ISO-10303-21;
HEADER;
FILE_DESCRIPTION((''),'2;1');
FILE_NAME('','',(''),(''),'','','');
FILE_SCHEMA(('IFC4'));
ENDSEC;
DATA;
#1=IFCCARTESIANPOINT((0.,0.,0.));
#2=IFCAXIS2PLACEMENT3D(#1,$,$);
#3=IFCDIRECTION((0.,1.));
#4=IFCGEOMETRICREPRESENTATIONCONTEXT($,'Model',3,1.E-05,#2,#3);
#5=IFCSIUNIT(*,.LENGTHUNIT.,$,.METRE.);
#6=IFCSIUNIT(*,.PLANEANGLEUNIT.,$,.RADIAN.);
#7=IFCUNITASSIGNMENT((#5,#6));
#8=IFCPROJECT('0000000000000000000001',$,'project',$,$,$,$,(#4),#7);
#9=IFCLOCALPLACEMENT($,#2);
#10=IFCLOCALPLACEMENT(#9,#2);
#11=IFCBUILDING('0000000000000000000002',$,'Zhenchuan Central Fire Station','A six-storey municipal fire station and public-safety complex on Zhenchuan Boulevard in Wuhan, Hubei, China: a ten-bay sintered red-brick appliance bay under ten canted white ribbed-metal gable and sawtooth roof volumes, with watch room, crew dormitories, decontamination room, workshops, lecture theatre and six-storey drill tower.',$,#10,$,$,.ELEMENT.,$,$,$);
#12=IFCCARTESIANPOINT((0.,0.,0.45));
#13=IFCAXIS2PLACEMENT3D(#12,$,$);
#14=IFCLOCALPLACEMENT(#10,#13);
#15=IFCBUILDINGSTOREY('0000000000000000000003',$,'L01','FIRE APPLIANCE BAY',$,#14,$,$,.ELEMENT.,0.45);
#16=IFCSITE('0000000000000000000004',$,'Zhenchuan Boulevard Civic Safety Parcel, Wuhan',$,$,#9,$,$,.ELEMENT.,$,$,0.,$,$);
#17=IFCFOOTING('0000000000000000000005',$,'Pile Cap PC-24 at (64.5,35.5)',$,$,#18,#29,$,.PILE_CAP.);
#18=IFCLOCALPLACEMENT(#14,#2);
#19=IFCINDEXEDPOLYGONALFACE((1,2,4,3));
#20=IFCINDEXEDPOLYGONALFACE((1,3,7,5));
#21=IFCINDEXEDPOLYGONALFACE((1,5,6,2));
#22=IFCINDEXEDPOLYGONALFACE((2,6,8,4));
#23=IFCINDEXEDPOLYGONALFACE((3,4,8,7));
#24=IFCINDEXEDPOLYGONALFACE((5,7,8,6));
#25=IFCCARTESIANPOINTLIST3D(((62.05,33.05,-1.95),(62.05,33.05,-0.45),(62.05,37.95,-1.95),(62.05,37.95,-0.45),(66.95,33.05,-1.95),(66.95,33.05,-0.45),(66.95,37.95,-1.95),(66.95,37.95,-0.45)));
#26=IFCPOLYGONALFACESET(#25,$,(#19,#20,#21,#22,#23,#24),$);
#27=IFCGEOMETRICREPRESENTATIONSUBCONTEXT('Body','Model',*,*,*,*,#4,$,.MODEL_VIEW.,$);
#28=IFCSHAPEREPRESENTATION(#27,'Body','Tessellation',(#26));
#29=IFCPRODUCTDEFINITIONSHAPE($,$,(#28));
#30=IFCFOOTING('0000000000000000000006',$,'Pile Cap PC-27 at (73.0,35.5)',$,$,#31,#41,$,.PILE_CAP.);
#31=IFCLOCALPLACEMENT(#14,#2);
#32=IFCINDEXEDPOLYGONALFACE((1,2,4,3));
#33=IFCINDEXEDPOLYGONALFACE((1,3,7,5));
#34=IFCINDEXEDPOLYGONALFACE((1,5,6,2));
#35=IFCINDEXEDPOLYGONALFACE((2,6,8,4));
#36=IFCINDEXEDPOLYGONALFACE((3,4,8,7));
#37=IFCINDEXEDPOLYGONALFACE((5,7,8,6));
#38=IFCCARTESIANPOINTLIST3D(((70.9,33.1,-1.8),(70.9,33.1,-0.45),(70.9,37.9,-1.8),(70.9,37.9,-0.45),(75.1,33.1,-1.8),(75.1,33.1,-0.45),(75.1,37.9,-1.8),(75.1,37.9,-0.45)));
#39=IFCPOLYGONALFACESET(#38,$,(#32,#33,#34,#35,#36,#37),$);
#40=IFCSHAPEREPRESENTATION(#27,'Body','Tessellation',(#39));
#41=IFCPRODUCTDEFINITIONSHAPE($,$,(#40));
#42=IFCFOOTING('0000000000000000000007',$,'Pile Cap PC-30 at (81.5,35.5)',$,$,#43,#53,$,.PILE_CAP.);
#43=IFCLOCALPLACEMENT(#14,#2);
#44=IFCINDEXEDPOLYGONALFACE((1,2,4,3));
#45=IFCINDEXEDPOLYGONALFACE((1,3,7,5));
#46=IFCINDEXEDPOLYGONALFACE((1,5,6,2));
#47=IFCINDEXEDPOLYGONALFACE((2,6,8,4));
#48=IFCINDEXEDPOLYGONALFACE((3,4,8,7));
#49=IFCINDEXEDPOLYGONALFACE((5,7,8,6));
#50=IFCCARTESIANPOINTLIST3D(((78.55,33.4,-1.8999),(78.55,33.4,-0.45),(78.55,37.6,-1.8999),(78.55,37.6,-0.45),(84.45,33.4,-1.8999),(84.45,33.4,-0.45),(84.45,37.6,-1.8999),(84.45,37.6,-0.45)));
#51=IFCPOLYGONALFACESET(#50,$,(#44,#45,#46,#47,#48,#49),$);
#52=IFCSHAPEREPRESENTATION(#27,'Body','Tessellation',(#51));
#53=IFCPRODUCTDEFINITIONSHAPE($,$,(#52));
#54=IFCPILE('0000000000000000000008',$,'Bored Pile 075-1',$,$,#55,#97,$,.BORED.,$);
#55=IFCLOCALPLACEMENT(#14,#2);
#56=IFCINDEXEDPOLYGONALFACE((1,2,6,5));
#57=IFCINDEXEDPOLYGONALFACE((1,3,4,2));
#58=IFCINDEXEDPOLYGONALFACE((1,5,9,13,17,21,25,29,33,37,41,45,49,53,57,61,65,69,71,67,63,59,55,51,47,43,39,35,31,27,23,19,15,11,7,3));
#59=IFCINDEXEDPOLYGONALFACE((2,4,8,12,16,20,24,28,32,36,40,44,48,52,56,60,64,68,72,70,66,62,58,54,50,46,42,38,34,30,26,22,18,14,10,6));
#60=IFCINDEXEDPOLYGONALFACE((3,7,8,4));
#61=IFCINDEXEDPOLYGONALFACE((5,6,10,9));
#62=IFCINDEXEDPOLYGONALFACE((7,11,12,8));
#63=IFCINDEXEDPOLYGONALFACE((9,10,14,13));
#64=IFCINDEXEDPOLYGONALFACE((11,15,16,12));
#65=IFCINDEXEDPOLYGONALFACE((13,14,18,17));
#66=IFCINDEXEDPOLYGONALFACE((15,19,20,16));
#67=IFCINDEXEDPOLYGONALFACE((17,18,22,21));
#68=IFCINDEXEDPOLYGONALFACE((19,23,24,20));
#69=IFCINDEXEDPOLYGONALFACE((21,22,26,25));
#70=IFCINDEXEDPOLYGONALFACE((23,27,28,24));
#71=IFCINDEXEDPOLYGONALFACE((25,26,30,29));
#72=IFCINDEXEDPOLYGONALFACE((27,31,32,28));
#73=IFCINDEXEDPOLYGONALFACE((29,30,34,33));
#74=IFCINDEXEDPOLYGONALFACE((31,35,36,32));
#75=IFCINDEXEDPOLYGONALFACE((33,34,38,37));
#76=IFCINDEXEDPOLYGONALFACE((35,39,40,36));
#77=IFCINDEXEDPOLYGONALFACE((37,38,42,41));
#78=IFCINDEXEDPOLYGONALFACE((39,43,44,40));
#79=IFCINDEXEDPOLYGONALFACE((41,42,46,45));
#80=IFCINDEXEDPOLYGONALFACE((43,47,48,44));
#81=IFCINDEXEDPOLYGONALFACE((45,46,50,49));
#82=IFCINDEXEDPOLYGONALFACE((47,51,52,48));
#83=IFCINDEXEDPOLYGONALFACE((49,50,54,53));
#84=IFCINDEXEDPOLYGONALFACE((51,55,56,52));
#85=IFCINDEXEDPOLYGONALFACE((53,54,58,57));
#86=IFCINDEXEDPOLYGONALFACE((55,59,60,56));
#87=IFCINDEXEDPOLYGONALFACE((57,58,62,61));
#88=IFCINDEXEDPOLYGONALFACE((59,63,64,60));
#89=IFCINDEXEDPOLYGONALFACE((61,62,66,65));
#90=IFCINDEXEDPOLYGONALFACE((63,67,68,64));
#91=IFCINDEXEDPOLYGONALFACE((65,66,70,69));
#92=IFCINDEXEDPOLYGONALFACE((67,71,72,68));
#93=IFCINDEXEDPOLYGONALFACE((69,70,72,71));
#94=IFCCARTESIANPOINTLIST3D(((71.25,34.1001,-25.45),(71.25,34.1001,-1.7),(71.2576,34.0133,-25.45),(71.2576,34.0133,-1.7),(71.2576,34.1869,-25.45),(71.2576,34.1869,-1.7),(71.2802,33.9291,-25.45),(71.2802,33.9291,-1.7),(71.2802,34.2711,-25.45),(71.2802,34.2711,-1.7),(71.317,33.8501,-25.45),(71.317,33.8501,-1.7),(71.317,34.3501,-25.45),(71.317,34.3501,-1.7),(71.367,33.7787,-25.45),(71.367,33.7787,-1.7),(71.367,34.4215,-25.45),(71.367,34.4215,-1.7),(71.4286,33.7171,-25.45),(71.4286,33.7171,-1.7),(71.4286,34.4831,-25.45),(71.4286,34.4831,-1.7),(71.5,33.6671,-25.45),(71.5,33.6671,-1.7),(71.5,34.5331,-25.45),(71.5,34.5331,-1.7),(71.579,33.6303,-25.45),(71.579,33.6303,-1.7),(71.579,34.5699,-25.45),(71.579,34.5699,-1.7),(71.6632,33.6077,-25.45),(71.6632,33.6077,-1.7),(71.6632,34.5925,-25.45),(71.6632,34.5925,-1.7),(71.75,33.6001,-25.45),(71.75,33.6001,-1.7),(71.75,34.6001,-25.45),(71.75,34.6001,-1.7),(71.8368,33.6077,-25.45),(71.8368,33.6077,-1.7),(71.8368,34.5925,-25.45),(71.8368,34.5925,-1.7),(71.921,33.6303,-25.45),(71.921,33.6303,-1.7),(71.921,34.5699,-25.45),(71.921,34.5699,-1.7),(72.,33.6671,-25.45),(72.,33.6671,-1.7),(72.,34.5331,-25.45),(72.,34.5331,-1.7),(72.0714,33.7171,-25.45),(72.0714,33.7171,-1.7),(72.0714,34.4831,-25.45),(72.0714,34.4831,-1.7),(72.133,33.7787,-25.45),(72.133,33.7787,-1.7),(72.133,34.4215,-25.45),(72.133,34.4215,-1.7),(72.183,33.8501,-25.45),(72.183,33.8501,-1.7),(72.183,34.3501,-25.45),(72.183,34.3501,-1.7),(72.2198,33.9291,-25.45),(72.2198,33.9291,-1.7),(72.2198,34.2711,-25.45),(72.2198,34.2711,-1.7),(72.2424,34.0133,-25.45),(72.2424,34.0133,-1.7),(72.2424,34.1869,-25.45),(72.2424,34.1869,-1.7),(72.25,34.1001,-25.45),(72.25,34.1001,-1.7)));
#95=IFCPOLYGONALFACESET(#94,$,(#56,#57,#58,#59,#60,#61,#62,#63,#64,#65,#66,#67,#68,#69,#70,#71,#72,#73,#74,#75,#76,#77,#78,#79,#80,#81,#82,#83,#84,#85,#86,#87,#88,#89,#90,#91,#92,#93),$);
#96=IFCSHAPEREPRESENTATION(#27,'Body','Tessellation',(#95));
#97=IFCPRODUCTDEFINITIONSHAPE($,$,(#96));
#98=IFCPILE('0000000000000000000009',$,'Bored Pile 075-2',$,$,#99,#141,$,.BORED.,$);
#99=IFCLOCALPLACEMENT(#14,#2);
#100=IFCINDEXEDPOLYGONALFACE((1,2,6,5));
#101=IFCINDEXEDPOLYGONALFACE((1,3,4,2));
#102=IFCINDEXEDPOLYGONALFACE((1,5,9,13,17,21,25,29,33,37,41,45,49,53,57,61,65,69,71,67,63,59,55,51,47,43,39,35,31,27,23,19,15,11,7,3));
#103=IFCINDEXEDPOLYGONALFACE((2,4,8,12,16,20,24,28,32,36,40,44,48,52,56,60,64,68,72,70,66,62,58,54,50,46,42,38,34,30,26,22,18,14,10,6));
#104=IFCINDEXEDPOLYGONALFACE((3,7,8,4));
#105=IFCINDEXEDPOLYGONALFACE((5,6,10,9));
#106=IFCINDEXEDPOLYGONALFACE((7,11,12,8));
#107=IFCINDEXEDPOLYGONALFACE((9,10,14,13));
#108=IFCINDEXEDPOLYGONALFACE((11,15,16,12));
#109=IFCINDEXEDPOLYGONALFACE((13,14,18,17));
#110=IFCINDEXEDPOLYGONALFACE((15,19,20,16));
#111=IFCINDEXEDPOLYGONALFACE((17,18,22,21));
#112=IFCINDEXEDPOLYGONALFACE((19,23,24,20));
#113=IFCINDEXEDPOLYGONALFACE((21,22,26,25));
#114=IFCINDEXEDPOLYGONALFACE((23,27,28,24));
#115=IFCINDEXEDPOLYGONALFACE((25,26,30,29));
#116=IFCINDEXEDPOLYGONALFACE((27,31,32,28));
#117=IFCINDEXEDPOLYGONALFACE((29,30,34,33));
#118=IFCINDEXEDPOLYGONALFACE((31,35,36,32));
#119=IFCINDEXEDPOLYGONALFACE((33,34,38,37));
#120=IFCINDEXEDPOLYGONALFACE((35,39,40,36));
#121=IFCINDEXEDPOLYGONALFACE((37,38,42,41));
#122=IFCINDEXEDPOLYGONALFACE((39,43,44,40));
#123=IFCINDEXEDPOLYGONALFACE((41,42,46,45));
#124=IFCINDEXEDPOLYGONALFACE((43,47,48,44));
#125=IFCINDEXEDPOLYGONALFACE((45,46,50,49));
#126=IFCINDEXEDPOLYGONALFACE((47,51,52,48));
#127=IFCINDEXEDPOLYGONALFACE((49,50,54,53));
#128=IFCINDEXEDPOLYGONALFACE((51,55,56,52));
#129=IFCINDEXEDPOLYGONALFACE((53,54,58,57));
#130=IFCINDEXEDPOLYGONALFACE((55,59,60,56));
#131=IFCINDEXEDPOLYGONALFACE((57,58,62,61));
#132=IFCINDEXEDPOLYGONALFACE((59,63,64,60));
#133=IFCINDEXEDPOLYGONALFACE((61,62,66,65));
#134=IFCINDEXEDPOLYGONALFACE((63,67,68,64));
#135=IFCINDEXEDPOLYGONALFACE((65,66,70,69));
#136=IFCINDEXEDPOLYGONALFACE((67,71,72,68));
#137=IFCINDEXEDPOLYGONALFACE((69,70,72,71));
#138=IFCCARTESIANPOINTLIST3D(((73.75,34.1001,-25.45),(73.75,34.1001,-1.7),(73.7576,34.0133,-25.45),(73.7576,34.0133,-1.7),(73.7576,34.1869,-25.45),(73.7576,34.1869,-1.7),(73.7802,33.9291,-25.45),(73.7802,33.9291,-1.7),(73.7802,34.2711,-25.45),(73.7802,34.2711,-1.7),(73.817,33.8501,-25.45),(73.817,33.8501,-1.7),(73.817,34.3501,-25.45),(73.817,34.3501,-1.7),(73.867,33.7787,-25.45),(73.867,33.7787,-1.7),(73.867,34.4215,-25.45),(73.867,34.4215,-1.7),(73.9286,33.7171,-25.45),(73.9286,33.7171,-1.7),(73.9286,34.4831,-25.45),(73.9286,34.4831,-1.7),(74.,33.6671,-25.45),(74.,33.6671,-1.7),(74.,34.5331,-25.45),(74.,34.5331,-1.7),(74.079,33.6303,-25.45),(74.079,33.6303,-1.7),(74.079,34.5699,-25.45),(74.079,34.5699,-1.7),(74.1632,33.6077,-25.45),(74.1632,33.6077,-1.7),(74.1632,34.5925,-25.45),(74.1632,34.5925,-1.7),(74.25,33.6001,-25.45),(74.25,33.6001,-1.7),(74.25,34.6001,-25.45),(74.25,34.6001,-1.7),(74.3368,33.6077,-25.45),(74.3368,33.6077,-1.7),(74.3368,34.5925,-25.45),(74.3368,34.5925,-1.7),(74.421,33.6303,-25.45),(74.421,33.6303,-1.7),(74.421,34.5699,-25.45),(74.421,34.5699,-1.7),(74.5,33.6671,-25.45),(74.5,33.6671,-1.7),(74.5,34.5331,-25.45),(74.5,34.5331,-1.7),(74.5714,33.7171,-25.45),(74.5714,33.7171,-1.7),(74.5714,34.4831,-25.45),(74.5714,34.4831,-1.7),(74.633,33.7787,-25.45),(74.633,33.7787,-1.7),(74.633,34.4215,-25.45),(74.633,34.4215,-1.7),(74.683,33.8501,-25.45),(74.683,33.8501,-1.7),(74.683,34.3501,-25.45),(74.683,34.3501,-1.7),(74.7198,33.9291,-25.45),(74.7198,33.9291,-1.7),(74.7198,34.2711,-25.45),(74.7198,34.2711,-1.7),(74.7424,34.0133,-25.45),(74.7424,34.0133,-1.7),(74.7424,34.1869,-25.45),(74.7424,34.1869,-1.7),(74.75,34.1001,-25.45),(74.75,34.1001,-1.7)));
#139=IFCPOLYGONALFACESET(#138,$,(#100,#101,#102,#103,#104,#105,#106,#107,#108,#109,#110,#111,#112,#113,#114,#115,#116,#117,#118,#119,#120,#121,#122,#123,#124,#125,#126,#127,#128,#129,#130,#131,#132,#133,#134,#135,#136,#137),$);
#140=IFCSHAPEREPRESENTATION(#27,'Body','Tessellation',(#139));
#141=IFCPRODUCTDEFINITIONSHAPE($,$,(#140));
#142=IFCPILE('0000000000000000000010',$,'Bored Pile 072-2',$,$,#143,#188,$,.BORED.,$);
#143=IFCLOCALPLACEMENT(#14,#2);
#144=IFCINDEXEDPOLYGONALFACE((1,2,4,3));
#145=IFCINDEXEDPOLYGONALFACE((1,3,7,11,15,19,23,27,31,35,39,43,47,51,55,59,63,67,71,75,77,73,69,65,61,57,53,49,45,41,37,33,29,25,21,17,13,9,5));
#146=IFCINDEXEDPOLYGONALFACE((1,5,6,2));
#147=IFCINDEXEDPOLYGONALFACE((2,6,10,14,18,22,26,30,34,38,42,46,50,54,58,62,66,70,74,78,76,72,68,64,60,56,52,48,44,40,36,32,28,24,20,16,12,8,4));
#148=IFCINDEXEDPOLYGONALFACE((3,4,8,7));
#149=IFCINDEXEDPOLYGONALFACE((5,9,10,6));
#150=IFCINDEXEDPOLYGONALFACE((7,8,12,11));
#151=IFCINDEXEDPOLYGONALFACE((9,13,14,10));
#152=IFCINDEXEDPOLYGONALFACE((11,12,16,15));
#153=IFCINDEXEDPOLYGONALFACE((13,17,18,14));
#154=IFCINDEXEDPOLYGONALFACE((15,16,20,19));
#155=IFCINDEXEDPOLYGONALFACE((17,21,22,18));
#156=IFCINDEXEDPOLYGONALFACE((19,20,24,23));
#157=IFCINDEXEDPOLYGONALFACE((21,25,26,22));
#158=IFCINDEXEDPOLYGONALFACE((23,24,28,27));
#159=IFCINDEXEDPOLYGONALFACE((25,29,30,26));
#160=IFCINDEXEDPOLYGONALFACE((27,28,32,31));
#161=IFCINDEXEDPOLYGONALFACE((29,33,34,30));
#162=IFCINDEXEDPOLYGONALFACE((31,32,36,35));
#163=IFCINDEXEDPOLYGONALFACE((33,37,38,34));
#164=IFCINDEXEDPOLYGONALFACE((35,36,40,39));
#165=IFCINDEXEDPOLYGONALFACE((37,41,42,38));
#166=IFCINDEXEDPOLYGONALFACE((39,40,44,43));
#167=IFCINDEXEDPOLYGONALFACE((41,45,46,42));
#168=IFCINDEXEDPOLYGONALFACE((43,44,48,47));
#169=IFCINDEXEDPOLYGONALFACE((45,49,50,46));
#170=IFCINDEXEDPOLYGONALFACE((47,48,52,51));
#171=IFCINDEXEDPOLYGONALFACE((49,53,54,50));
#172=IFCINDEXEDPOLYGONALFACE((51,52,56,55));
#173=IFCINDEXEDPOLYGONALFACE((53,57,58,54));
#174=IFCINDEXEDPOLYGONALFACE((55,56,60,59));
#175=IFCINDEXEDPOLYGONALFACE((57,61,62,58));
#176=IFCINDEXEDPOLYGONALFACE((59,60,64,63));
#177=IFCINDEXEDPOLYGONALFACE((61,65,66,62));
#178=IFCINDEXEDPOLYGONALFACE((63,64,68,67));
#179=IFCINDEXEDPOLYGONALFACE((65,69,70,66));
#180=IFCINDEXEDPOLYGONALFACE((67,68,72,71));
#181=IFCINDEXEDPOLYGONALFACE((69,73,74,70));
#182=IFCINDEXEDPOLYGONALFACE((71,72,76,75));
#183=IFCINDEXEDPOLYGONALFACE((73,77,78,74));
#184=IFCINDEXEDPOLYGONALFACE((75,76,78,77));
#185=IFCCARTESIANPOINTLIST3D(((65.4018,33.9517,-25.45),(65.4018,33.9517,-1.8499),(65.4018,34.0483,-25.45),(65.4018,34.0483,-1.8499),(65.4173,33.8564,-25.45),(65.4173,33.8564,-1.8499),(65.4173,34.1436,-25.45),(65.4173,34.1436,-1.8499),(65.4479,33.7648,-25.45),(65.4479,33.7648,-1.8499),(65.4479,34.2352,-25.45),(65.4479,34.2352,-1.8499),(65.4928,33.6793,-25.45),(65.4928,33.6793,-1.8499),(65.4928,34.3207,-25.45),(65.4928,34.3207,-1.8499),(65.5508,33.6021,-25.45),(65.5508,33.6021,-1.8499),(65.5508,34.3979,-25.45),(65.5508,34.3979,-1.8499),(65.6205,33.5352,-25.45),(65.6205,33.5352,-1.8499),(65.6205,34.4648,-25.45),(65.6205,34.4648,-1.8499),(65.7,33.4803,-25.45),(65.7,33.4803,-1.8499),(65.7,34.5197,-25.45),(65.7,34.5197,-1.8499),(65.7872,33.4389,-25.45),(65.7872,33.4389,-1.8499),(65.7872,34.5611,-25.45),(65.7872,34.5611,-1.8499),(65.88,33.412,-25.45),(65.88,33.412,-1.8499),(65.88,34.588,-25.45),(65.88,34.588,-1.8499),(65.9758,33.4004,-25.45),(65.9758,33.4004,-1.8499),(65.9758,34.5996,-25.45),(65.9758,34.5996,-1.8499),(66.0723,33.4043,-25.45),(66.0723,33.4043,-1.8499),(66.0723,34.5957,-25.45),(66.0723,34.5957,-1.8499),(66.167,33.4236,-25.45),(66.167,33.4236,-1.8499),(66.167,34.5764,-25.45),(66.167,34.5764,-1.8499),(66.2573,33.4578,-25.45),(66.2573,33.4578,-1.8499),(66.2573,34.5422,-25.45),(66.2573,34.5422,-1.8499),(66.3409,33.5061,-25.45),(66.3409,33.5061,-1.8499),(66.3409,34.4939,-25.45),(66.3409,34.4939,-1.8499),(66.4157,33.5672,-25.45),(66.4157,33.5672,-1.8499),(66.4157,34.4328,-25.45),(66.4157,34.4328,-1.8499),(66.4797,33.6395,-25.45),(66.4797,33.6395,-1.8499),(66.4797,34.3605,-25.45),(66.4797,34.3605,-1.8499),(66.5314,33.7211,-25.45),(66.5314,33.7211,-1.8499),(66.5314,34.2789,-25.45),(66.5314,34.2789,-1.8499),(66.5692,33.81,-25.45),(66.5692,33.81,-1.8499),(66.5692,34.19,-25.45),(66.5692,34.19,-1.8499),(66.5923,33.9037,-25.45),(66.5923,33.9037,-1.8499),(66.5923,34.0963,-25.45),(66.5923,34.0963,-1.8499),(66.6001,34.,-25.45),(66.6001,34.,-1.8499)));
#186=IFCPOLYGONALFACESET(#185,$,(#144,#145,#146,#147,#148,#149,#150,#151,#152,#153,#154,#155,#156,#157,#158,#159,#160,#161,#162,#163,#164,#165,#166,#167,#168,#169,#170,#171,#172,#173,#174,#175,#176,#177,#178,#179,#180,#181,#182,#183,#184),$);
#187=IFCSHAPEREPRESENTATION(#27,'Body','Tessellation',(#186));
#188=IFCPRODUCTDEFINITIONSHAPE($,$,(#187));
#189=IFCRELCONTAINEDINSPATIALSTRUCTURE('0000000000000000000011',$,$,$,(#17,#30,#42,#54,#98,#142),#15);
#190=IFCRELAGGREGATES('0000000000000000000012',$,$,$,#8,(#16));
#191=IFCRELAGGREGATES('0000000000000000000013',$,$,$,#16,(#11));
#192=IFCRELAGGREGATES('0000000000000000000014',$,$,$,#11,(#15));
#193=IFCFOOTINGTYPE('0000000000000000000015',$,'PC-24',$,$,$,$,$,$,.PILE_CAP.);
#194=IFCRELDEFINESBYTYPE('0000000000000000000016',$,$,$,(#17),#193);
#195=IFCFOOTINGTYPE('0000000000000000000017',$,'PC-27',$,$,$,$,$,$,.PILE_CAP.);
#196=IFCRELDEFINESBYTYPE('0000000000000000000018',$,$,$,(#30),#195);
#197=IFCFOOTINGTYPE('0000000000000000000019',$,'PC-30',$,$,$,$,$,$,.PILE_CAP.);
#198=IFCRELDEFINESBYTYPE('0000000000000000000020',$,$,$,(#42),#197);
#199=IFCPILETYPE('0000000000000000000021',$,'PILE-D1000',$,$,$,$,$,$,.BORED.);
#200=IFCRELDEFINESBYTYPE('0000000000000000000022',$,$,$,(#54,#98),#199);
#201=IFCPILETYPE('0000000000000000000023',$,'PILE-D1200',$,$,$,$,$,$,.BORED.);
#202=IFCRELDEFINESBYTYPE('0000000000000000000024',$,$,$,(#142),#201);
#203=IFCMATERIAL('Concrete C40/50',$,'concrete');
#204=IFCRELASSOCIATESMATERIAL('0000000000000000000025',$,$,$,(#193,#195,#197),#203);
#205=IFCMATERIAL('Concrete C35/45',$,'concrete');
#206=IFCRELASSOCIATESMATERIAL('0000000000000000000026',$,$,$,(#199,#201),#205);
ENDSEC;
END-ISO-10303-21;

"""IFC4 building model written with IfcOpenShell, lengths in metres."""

from ifc_helpers import new_model, si_unit, direction, frame, origin, origin_2d, place, context, subcontext, project, spatial, rectangle, circle, extrude, material, material_profile, profile_set, type_object, element, save


model = new_model("IFC4")

# Units and contexts
model_context = context("Model", 3, precision=1e-05, world=origin(), true_north=direction((0.0, 1.0)))
body_context = subcontext(model_context, "Body", "Model", "MODEL_VIEW")
ifc_project = project(units=[si_unit("LENGTHUNIT", "METRE"), si_unit("PLANEANGLEUNIT", "RADIAN")], contexts=[model_context])

# Site, building, storey
site_placement = place(None, origin())
site = spatial("IfcSite", under=ifc_project, at=site_placement, Name="Zhenchuan Boulevard Civic Safety Parcel, Wuhan", CompositionType="ELEMENT", RefElevation=0.0)
building_placement = place(site_placement, origin())
building = spatial("IfcBuilding", under=site, at=building_placement, Name="Zhenchuan Central Fire Station", Description="A six-storey municipal fire station and public-safety complex on Zhenchuan Boulevard in Wuhan, Hubei, China: a ten-bay sintered red-brick appliance bay under ten canted white ribbed-metal gable and sawtooth roof volumes, with watch room, crew dormitories, decontamination room, workshops, lecture theatre and six-storey drill tower.", CompositionType="ELEMENT")
storey_placement = place(building_placement, frame((0.0, 0.0, 0.45)))
storey = spatial("IfcBuildingStorey", under=building, at=storey_placement, Name="L01", Description="FIRE APPLIANCE BAY", CompositionType="ELEMENT", Elevation=0.45)

# Footings
ifc_material_1 = material(Name="Concrete C40/50", Category="concrete")
footing_type_1 = type_object("IfcFootingType", Name="PC-24", PredefinedType="PILE_CAP", material=ifc_material_1)
footing_1_placement = place(storey_placement, frame((64.5, 35.5, -1.95), z_axis=(0.0, 0.0, 1.0), x_axis=(1.0, 0.0, 0.0)))
element("IfcFooting", 1, at=footing_1_placement, inside=storey, type_object=footing_type_1, Name="Pile Cap PC-24 at (64.5,35.5)", PredefinedType="PILE_CAP", context=body_context, shape_type="SweptSolid", body=[
    extrude(rectangle(XDim=4.8999, YDim=4.8999, at=origin_2d()), origin(), (0.0, 0.0, 1.0), 1.5),
])
footing_type_2 = type_object("IfcFootingType", Name="PC-27", PredefinedType="PILE_CAP", material=ifc_material_1)
footing_2_placement = place(storey_placement, frame((73.0, 35.5, -1.8), z_axis=(0.0, 0.0, 1.0), x_axis=(1.0, 0.0, 0.0)))
element("IfcFooting", 2, at=footing_2_placement, inside=storey, type_object=footing_type_2, Name="Pile Cap PC-27 at (73.0,35.5)", PredefinedType="PILE_CAP", context=body_context, shape_type="SweptSolid", body=[
    extrude(rectangle(XDim=4.2, YDim=4.8, at=origin_2d()), origin(), (0.0, 0.0, 1.0), 1.3501),
])
footing_type_3 = type_object("IfcFootingType", Name="PC-30", PredefinedType="PILE_CAP", material=ifc_material_1)
footing_3_placement = place(storey_placement, frame((81.5, 35.5, -1.8999), z_axis=(0.0, 0.0, 1.0), x_axis=(1.0, 0.0, 0.0)))
element("IfcFooting", 3, at=footing_3_placement, inside=storey, type_object=footing_type_3, Name="Pile Cap PC-30 at (81.5,35.5)", PredefinedType="PILE_CAP", context=body_context, shape_type="SweptSolid", body=[
    extrude(rectangle(XDim=5.8999, YDim=4.2, at=origin_2d()), origin(), (0.0, 0.0, 1.0), 1.45),
])

# Piles
ifc_material_2 = material(Name="Concrete C35/45", Category="concrete")
ifc_material_profile_1 = material_profile(ifc_material_2, circle(Radius=0.5, at=origin_2d()), Name="PILE D1000")
ifc_profile_set_1 = profile_set([ifc_material_profile_1], Name="Concrete C35/45")
pile_type_1 = type_object("IfcPileType", Name="PILE-D1000", PredefinedType="BORED", material=ifc_profile_set_1)
for number, where, z_axis, x_axis, name in (
    (4, (71.75, 34.1001, -1.7), (0.0, 0.0, -1.0), (1.0, 0.0, 0.0), "Bored Pile 075-1"),
    (5, (74.25, 34.1001, -1.7), (0.0, 0.0, -1.0), (1.0, 0.0, 0.0), "Bored Pile 075-2"),
):
    element("IfcPile", number, at=place(storey_placement, frame(where, z_axis=z_axis, x_axis=x_axis)), inside=storey, type_object=pile_type_1, Name=name, PredefinedType="BORED", context=body_context, shape_type="SweptSolid", body=[
        extrude(circle(Radius=0.5, at=origin_2d()), origin(), (0.0, 0.0, 1.0), 23.75),
    ])
ifc_material_profile_2 = material_profile(ifc_material_2, circle(Radius=0.6001, at=origin_2d()), Name="PILE D1200")
ifc_profile_set_2 = profile_set([ifc_material_profile_2], Name="Concrete C35/45")
pile_type_2 = type_object("IfcPileType", Name="PILE-D1200", PredefinedType="BORED", material=ifc_profile_set_2)
pile_placement = place(storey_placement, frame((66.0, 34.0, -1.8499), z_axis=(0.0, 0.0, -1.0), x_axis=(1.0, 0.0, 0.0)))
element("IfcPile", 6, at=pile_placement, inside=storey, type_object=pile_type_2, Name="Bored Pile 072-2", PredefinedType="BORED", context=body_context, shape_type="SweptSolid", body=[
    extrude(circle(Radius=0.6001, at=origin_2d()), origin(), (0.0, 0.0, 1.0), 23.6001),
])

save(model, "model.ifc")
